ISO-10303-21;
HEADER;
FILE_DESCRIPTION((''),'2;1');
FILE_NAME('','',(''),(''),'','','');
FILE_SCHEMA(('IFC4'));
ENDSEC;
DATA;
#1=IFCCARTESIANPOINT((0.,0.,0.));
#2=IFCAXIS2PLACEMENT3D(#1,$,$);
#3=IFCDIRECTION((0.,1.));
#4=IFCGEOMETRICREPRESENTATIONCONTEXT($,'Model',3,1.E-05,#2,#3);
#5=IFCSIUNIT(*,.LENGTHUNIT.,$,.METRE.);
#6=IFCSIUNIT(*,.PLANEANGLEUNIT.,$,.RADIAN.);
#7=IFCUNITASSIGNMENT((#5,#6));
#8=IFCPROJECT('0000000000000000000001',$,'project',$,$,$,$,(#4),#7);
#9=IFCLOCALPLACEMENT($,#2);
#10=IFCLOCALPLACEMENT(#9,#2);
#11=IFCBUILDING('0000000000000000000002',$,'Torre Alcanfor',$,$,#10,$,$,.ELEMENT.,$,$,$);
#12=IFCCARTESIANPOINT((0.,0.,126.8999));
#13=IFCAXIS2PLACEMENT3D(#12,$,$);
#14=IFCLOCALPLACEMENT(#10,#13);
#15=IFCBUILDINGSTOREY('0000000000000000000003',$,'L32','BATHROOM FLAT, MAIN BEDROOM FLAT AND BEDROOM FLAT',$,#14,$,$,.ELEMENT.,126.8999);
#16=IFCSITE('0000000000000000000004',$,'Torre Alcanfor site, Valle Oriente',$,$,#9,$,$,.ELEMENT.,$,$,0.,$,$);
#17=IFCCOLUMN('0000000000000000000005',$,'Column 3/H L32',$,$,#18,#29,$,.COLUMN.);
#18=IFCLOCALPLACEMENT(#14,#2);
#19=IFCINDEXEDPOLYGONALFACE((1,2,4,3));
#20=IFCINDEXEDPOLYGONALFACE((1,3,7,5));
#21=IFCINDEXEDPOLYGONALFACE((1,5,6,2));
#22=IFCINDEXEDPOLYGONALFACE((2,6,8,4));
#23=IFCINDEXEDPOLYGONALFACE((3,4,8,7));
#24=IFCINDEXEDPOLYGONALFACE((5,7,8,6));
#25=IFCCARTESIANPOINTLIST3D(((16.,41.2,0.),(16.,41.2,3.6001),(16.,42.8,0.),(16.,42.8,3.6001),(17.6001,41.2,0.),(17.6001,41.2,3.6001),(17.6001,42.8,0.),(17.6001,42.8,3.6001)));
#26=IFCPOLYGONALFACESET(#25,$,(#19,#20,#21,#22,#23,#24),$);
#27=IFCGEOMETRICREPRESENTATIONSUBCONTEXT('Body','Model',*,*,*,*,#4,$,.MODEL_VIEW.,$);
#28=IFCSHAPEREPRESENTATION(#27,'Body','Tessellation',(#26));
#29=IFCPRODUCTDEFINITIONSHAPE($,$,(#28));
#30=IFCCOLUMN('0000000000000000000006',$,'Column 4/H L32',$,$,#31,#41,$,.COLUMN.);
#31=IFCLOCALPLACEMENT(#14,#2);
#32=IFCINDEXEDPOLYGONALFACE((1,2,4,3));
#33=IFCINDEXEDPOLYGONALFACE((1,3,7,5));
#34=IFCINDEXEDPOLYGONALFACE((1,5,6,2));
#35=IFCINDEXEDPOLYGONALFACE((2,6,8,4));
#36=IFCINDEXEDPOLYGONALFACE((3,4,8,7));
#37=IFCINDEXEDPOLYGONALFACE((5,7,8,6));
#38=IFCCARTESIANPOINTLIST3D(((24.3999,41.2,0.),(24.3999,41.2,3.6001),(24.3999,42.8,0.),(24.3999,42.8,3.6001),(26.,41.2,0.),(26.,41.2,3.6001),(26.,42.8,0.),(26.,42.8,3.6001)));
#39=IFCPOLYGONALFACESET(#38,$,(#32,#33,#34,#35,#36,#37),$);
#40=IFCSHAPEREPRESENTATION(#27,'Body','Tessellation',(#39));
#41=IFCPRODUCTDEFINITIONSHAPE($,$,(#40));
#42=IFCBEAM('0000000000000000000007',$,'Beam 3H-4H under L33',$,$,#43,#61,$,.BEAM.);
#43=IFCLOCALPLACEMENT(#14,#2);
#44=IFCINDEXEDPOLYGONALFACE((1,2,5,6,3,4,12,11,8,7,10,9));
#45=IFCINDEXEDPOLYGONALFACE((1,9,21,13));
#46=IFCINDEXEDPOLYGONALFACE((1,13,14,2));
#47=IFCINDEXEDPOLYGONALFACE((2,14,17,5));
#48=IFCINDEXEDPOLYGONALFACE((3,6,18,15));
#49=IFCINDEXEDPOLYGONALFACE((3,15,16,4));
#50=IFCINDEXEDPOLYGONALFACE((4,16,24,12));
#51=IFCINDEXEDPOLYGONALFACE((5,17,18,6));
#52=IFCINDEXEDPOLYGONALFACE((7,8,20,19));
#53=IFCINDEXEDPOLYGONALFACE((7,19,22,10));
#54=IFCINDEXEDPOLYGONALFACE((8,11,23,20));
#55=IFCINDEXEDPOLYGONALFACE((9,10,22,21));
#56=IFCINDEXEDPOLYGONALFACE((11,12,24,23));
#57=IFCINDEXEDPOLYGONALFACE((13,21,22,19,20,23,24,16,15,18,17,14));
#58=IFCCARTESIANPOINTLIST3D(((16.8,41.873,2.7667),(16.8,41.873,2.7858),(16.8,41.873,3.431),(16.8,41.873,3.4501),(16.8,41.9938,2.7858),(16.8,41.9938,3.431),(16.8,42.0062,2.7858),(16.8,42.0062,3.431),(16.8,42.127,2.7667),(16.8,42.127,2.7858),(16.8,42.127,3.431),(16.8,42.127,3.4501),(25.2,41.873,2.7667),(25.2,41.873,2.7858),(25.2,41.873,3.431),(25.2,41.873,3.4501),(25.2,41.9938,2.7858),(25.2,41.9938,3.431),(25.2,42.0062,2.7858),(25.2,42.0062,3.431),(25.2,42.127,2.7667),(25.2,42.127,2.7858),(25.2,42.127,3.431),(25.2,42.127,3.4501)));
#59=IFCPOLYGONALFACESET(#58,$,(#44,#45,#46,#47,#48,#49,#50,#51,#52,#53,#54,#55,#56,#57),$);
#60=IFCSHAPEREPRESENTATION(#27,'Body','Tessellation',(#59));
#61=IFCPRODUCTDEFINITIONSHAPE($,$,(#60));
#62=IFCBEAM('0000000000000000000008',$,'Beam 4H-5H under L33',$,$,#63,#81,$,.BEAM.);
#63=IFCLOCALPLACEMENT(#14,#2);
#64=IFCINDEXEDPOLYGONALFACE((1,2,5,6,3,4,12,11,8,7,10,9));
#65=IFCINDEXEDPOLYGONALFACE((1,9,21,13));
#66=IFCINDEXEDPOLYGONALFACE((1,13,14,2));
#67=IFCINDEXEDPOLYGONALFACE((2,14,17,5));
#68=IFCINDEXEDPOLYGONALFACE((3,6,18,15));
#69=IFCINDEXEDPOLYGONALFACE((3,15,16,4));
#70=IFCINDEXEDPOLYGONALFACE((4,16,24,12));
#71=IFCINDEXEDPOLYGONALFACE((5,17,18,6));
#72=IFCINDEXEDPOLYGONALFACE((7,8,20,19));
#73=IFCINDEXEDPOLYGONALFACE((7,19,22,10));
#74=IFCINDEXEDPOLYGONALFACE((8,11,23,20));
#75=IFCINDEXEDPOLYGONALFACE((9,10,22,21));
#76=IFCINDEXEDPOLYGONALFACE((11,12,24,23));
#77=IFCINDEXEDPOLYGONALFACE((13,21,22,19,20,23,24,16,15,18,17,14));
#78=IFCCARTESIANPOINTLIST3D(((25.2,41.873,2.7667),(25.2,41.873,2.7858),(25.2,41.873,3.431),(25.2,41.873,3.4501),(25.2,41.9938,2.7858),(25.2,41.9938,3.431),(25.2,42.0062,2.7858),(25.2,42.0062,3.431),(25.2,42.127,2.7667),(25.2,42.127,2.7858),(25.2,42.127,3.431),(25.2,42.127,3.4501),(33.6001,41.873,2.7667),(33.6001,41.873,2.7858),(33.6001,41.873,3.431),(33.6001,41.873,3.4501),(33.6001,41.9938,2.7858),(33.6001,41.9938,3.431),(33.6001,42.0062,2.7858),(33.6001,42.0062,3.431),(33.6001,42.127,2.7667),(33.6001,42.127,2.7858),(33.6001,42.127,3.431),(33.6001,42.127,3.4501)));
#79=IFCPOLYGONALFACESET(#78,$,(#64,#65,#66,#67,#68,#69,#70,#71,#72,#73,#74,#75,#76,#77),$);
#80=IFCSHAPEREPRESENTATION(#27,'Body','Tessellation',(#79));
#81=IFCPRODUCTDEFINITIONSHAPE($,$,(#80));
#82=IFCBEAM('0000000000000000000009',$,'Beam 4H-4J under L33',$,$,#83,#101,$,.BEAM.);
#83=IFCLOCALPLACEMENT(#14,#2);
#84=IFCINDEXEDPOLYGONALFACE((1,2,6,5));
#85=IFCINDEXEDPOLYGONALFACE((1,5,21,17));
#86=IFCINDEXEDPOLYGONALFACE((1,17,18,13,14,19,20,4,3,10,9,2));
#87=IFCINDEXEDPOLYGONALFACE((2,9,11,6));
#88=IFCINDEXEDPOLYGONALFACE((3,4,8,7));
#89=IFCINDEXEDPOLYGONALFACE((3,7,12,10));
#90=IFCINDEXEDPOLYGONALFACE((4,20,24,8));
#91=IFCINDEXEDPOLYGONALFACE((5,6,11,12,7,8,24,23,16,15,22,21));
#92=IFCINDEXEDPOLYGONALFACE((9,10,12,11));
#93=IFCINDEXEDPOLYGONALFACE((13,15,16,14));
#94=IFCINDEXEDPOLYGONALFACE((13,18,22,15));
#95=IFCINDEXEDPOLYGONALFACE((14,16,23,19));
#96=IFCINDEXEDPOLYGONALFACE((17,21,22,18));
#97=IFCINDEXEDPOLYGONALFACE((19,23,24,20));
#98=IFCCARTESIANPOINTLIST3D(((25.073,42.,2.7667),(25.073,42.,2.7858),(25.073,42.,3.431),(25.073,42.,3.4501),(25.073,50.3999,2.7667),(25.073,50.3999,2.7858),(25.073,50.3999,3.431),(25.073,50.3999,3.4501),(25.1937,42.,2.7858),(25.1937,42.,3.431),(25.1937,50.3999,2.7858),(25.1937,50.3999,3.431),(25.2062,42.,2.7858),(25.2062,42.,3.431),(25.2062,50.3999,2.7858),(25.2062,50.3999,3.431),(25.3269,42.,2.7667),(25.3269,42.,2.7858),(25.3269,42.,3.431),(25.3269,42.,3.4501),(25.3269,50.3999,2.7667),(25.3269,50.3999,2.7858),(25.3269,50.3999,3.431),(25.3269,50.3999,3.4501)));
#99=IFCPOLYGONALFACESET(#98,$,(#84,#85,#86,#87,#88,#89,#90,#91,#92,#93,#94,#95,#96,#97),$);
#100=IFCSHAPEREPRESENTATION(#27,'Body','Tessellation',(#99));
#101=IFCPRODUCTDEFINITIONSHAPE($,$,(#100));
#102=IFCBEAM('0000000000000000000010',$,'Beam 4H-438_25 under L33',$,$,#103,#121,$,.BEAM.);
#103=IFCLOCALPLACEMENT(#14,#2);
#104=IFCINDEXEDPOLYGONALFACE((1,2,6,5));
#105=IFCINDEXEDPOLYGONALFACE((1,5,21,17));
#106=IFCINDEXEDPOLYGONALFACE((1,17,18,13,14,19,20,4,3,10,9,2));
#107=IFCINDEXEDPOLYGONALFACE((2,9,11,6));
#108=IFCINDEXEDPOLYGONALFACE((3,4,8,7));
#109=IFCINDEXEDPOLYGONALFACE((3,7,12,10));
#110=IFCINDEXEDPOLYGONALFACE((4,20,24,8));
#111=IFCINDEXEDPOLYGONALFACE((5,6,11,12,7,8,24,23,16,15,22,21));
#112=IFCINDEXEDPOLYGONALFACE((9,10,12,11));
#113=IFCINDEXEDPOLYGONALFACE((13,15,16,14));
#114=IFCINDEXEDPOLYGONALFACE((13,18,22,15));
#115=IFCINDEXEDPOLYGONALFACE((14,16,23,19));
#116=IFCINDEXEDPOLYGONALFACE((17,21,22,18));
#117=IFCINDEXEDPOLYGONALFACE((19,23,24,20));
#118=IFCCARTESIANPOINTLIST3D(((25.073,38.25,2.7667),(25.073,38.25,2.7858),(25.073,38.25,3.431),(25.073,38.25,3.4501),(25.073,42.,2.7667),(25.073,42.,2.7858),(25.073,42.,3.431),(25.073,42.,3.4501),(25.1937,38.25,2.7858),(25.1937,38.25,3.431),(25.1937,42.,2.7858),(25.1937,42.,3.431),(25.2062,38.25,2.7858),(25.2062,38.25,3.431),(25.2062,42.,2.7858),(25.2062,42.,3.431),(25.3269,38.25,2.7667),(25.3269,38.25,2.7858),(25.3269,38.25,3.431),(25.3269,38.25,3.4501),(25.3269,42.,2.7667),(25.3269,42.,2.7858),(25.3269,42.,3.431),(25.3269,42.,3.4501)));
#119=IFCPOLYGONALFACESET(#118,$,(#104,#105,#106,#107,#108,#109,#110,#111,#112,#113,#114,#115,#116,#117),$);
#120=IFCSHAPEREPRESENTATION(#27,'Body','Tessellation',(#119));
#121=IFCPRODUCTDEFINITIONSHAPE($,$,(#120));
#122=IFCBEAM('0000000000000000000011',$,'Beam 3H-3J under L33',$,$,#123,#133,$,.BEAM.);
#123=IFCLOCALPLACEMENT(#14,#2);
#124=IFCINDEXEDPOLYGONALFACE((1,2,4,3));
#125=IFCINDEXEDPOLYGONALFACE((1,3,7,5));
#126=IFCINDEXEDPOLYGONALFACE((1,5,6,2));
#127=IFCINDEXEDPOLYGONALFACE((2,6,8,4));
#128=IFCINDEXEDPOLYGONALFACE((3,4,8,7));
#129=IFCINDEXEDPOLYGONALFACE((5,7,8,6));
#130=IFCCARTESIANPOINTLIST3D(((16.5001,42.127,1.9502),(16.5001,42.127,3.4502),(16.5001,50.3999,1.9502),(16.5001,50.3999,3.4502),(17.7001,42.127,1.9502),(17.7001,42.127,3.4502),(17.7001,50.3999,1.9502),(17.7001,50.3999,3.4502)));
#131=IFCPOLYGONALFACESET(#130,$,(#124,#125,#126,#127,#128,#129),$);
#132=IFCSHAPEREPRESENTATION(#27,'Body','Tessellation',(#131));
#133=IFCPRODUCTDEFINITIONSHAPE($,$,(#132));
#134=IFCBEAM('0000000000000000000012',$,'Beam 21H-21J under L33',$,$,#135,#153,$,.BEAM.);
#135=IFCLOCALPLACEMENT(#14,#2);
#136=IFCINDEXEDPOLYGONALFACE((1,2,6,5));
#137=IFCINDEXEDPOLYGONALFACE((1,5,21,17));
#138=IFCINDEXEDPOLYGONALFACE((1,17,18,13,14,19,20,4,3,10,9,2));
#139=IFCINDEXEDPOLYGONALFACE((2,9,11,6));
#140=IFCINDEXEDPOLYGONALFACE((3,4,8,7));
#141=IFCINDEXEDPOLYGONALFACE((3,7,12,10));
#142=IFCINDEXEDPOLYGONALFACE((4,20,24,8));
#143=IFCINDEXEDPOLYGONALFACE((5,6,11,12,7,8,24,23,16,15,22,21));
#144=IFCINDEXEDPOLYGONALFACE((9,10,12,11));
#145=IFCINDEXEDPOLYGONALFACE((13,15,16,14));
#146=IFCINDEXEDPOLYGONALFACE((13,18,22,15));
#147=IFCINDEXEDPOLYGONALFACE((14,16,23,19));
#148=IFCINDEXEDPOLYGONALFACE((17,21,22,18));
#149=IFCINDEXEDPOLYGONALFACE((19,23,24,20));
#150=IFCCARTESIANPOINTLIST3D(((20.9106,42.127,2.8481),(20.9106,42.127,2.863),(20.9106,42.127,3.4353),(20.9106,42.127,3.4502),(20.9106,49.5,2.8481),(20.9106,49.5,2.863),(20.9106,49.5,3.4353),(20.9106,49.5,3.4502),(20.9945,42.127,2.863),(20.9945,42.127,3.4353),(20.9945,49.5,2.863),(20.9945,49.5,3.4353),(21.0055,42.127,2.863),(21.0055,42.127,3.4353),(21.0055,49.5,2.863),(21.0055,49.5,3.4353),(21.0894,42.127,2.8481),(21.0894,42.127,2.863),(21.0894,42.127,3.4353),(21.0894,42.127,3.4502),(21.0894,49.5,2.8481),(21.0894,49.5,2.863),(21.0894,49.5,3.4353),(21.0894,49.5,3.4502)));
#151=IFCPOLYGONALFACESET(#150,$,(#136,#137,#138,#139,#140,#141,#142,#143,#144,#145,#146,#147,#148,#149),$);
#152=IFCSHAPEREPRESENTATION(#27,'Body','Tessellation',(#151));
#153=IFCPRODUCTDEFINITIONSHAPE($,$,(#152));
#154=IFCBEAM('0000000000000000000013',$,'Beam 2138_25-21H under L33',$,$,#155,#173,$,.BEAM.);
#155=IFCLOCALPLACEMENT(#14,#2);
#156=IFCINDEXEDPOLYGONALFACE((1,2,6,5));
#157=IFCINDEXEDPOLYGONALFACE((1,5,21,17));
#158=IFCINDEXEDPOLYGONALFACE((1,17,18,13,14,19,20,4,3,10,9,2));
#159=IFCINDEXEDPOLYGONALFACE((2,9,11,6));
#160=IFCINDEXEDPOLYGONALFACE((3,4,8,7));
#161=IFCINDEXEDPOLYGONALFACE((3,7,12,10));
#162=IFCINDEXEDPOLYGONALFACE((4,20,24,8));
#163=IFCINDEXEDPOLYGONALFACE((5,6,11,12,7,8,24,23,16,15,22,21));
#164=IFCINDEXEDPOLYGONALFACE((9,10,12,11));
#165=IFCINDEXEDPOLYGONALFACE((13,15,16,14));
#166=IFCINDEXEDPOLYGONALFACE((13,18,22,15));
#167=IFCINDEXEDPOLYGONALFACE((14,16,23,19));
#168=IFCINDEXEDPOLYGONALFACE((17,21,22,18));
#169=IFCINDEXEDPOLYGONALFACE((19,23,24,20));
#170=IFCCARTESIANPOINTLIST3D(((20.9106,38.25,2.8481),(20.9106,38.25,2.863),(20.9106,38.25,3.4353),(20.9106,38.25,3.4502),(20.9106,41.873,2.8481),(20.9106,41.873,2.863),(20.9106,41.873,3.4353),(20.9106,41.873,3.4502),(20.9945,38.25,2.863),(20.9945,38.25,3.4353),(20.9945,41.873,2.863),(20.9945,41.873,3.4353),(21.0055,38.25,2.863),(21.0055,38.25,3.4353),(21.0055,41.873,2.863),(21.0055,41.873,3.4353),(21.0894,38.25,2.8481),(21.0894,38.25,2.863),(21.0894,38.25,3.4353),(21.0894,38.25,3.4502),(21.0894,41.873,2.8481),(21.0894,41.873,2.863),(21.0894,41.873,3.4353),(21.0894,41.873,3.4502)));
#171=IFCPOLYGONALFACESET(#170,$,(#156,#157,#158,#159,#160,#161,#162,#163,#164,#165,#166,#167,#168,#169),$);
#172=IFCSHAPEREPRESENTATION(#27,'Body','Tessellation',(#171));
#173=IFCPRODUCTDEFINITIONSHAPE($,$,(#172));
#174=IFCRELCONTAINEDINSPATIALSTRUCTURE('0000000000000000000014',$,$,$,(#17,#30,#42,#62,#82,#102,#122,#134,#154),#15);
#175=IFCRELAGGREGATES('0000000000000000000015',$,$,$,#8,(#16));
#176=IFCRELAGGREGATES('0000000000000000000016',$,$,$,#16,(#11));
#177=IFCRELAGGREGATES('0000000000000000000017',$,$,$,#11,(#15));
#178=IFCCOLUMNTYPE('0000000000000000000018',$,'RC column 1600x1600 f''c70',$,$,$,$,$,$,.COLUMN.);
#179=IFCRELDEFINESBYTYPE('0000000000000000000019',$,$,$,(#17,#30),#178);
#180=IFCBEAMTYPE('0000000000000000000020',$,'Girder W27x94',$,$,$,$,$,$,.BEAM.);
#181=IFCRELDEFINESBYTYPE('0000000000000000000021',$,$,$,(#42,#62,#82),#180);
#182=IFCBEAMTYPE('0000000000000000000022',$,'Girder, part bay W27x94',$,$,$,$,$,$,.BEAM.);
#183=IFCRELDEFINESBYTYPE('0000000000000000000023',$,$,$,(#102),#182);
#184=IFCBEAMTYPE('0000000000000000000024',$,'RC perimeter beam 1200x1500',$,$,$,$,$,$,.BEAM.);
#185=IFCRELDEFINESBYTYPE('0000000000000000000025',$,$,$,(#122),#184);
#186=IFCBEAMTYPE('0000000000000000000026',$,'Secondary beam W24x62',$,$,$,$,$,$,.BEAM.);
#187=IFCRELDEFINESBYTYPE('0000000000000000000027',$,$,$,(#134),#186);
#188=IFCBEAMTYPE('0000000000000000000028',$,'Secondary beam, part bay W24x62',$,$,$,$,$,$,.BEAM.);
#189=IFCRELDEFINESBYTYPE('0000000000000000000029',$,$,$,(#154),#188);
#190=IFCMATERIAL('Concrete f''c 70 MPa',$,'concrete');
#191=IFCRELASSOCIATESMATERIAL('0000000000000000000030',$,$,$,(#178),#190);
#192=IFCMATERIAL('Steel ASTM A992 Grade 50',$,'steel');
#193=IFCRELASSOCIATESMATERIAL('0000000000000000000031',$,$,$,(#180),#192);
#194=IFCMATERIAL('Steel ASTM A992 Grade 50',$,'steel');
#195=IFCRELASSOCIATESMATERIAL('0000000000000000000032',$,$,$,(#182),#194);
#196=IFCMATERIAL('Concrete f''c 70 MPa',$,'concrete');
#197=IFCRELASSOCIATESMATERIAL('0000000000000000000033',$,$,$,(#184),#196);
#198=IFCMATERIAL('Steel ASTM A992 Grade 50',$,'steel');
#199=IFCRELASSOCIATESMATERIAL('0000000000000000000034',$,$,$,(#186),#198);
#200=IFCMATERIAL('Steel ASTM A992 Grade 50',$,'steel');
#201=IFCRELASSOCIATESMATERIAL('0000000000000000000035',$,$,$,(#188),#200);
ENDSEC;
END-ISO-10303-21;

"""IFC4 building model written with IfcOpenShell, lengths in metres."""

from ifc_helpers import new_model, si_unit, direction, frame, origin, origin_2d, place, context, subcontext, project, spatial, rectangle, i_section, extrude, material, material_profile, profile_set, type_object, element, save


model = new_model("IFC4")

# Units and contexts
model_context = context("Model", 3, precision=1e-05, world=origin(), true_north=direction((0.0, 1.0)))
body_context = subcontext(model_context, "Body", "Model", "MODEL_VIEW")
ifc_project = project(units=[si_unit("LENGTHUNIT", "METRE"), si_unit("PLANEANGLEUNIT", "RADIAN")], contexts=[model_context])

# Site, building, storey
site_placement = place(None, origin())
site = spatial("IfcSite", under=ifc_project, at=site_placement, Name="Torre Alcanfor site, Valle Oriente", CompositionType="ELEMENT", RefElevation=0.0)
building_placement = place(site_placement, origin())
building = spatial("IfcBuilding", under=site, at=building_placement, Name="Torre Alcanfor", CompositionType="ELEMENT")
storey_placement = place(building_placement, frame((0.0, 0.0, 126.8999)))
storey = spatial("IfcBuildingStorey", under=building, at=storey_placement, Name="L32", Description="BATHROOM FLAT, MAIN BEDROOM FLAT AND BEDROOM FLAT", CompositionType="ELEMENT", Elevation=126.8999)

# Columns
ifc_material_1 = material(Name="Concrete f'c 70 MPa", Category="concrete")
ifc_material_profile_1 = material_profile(ifc_material_1, rectangle(XDim=1.6001, YDim=1.6001, at=origin_2d()), Name="1600x1600")
ifc_profile_set_1 = profile_set([ifc_material_profile_1], Name="Concrete f'c 70 MPa")
column_type = type_object("IfcColumnType", Name="RC column 1600x1600 f'c70", PredefinedType="COLUMN", material=ifc_profile_set_1)
for number, where, z_axis, x_axis, name in (
    (1, (16.8, 42.0, 0.0), (0.0, 0.0, 1.0), (1.0, 0.0, 0.0), "Column 3/H L32"),
    (2, (25.2, 42.0, 0.0), (0.0, 0.0, 1.0), (1.0, 0.0, 0.0), "Column 4/H L32"),
):
    element("IfcColumn", number, at=place(storey_placement, frame(where, z_axis=z_axis, x_axis=x_axis)), inside=storey, type_object=column_type, Name=name, PredefinedType="COLUMN", context=body_context, shape_type="SweptSolid", body=[
        extrude(rectangle(XDim=1.6001, YDim=1.6001, at=origin_2d()), origin(), (0.0, 0.0, 1.0), 3.6001),
    ])

# Beams
ifc_material_2 = material(Name="Steel ASTM A992 Grade 50", Category="steel")
ifc_material_profile_2 = material_profile(ifc_material_2, i_section(OverallWidth=0.2539, OverallDepth=0.6833, WebThickness=0.0125, FlangeThickness=0.019, at=origin_2d()), Name="W27x94")
ifc_profile_set_2 = profile_set([ifc_material_profile_2], Name="Steel ASTM A992 Grade 50")
beam_type_1 = type_object("IfcBeamType", Name="Girder W27x94", PredefinedType="BEAM", material=ifc_profile_set_2)
beam_1_placement = place(storey_placement, frame((16.8, 42.0, 3.1084), z_axis=(1.0, 0.0, 0.0), x_axis=(0.0, 1.0, 0.0)))
element("IfcBeam", 3, at=beam_1_placement, inside=storey, type_object=beam_type_1, Name="Beam 3H-4H under L33", PredefinedType="BEAM", context=body_context, shape_type="SweptSolid", body=[
    extrude(i_section(OverallWidth=0.2539, OverallDepth=0.6833, WebThickness=0.0125, FlangeThickness=0.019, at=origin_2d()), origin(), (0.0, 0.0, 1.0), 8.3999),
])
beam_2_placement = place(storey_placement, frame((25.2, 42.0, 3.1084), z_axis=(1.0, 0.0, 0.0), x_axis=(0.0, 1.0, 0.0)))
element("IfcBeam", 4, at=beam_2_placement, inside=storey, type_object=beam_type_1, Name="Beam 4H-5H under L33", PredefinedType="BEAM", context=body_context, shape_type="SweptSolid", body=[
    extrude(i_section(OverallWidth=0.2539, OverallDepth=0.6833, WebThickness=0.0125, FlangeThickness=0.019, at=origin_2d()), origin(), (0.0, 0.0, 1.0), 8.4001),
])
beam_3_placement = place(storey_placement, frame((25.2, 42.0, 3.1084), z_axis=(0.0, 1.0, 0.0), x_axis=(-1.0, 0.0, 0.0)))
element("IfcBeam", 5, at=beam_3_placement, inside=storey, type_object=beam_type_1, Name="Beam 4H-4J under L33", PredefinedType="BEAM", context=body_context, shape_type="SweptSolid", body=[
    extrude(i_section(OverallWidth=0.2539, OverallDepth=0.6833, WebThickness=0.0125, FlangeThickness=0.019, at=origin_2d()), origin(), (0.0, 0.0, 1.0), 8.3999),
])
ifc_material_3 = material(Name="Steel ASTM A992 Grade 50", Category="steel")
ifc_material_profile_3 = material_profile(ifc_material_3, i_section(OverallWidth=0.2539, OverallDepth=0.6833, WebThickness=0.0125, FlangeThickness=0.019, at=origin_2d()), Name="W27x94")
ifc_profile_set_3 = profile_set([ifc_material_profile_3], Name="Steel ASTM A992 Grade 50")
beam_type_2 = type_object("IfcBeamType", Name="Girder, part bay W27x94", PredefinedType="BEAM", material=ifc_profile_set_3)
beam_4_placement = place(storey_placement, frame((25.2, 42.0, 3.1084), z_axis=(0.0, -1.0, 0.0), x_axis=(1.0, 0.0, 0.0)))
element("IfcBeam", 6, at=beam_4_placement, inside=storey, type_object=beam_type_2, Name="Beam 4H-438_25 under L33", PredefinedType="BEAM", context=body_context, shape_type="SweptSolid", body=[
    extrude(i_section(OverallWidth=0.2539, OverallDepth=0.6833, WebThickness=0.0125, FlangeThickness=0.019, at=origin_2d()), origin(), (0.0, 0.0, 1.0), 3.75),
])
ifc_material_4 = material(Name="Concrete f'c 70 MPa", Category="concrete")
ifc_material_profile_4 = material_profile(ifc_material_4, rectangle(XDim=1.2, YDim=1.5, at=origin_2d()), Name="1200x1500")
ifc_profile_set_4 = profile_set([ifc_material_profile_4], Name="Concrete f'c 70 MPa")
beam_type_3 = type_object("IfcBeamType", Name="RC perimeter beam 1200x1500", PredefinedType="BEAM", material=ifc_profile_set_4)
beam_5_placement = place(storey_placement, frame((17.1001, 42.127, 2.7002), z_axis=(0.0, 1.0, 0.0), x_axis=(-1.0, 0.0, 0.0)))
element("IfcBeam", 7, at=beam_5_placement, inside=storey, type_object=beam_type_3, Name="Beam 3H-3J under L33", PredefinedType="BEAM", context=body_context, shape_type="SweptSolid", body=[
    extrude(rectangle(XDim=1.2, YDim=1.5, at=origin_2d()), origin(), (0.0, 0.0, 1.0), 8.2729),
])
ifc_material_5 = material(Name="Steel ASTM A992 Grade 50", Category="steel")
ifc_material_profile_5 = material_profile(ifc_material_5, i_section(OverallWidth=0.1787, OverallDepth=0.6021, WebThickness=0.011, FlangeThickness=0.0149, at=origin_2d()), Name="W24x62")
ifc_profile_set_5 = profile_set([ifc_material_profile_5], Name="Steel ASTM A992 Grade 50")
beam_type_4 = type_object("IfcBeamType", Name="Secondary beam W24x62", PredefinedType="BEAM", material=ifc_profile_set_5)
beam_6_placement = place(storey_placement, frame((21.0, 42.127, 3.1492), z_axis=(0.0, 1.0, 0.0), x_axis=(-1.0, 0.0, 0.0)))
element("IfcBeam", 8, at=beam_6_placement, inside=storey, type_object=beam_type_4, Name="Beam 21H-21J under L33", PredefinedType="BEAM", context=body_context, shape_type="SweptSolid", body=[
    extrude(i_section(OverallWidth=0.1787, OverallDepth=0.6021, WebThickness=0.011, FlangeThickness=0.0149, at=origin_2d()), origin(), (0.0, 0.0, 1.0), 7.373),
])
ifc_material_6 = material(Name="Steel ASTM A992 Grade 50", Category="steel")
ifc_material_profile_6 = material_profile(ifc_material_6, i_section(OverallWidth=0.1787, OverallDepth=0.6021, WebThickness=0.011, FlangeThickness=0.0149, at=origin_2d()), Name="W24x62")
ifc_profile_set_6 = profile_set([ifc_material_profile_6], Name="Steel ASTM A992 Grade 50")
beam_type_5 = type_object("IfcBeamType", Name="Secondary beam, part bay W24x62", PredefinedType="BEAM", material=ifc_profile_set_6)
beam_7_placement = place(storey_placement, frame((21.0, 38.25, 3.1492), z_axis=(0.0, 1.0, 0.0), x_axis=(-1.0, 0.0, 0.0)))
element("IfcBeam", 9, at=beam_7_placement, inside=storey, type_object=beam_type_5, Name="Beam 2138_25-21H under L33", PredefinedType="BEAM", context=body_context, shape_type="SweptSolid", body=[
    extrude(i_section(OverallWidth=0.1787, OverallDepth=0.6021, WebThickness=0.011, FlangeThickness=0.0149, at=origin_2d()), origin(), (0.0, 0.0, 1.0), 3.623),
])

save(model, "model.ifc")
